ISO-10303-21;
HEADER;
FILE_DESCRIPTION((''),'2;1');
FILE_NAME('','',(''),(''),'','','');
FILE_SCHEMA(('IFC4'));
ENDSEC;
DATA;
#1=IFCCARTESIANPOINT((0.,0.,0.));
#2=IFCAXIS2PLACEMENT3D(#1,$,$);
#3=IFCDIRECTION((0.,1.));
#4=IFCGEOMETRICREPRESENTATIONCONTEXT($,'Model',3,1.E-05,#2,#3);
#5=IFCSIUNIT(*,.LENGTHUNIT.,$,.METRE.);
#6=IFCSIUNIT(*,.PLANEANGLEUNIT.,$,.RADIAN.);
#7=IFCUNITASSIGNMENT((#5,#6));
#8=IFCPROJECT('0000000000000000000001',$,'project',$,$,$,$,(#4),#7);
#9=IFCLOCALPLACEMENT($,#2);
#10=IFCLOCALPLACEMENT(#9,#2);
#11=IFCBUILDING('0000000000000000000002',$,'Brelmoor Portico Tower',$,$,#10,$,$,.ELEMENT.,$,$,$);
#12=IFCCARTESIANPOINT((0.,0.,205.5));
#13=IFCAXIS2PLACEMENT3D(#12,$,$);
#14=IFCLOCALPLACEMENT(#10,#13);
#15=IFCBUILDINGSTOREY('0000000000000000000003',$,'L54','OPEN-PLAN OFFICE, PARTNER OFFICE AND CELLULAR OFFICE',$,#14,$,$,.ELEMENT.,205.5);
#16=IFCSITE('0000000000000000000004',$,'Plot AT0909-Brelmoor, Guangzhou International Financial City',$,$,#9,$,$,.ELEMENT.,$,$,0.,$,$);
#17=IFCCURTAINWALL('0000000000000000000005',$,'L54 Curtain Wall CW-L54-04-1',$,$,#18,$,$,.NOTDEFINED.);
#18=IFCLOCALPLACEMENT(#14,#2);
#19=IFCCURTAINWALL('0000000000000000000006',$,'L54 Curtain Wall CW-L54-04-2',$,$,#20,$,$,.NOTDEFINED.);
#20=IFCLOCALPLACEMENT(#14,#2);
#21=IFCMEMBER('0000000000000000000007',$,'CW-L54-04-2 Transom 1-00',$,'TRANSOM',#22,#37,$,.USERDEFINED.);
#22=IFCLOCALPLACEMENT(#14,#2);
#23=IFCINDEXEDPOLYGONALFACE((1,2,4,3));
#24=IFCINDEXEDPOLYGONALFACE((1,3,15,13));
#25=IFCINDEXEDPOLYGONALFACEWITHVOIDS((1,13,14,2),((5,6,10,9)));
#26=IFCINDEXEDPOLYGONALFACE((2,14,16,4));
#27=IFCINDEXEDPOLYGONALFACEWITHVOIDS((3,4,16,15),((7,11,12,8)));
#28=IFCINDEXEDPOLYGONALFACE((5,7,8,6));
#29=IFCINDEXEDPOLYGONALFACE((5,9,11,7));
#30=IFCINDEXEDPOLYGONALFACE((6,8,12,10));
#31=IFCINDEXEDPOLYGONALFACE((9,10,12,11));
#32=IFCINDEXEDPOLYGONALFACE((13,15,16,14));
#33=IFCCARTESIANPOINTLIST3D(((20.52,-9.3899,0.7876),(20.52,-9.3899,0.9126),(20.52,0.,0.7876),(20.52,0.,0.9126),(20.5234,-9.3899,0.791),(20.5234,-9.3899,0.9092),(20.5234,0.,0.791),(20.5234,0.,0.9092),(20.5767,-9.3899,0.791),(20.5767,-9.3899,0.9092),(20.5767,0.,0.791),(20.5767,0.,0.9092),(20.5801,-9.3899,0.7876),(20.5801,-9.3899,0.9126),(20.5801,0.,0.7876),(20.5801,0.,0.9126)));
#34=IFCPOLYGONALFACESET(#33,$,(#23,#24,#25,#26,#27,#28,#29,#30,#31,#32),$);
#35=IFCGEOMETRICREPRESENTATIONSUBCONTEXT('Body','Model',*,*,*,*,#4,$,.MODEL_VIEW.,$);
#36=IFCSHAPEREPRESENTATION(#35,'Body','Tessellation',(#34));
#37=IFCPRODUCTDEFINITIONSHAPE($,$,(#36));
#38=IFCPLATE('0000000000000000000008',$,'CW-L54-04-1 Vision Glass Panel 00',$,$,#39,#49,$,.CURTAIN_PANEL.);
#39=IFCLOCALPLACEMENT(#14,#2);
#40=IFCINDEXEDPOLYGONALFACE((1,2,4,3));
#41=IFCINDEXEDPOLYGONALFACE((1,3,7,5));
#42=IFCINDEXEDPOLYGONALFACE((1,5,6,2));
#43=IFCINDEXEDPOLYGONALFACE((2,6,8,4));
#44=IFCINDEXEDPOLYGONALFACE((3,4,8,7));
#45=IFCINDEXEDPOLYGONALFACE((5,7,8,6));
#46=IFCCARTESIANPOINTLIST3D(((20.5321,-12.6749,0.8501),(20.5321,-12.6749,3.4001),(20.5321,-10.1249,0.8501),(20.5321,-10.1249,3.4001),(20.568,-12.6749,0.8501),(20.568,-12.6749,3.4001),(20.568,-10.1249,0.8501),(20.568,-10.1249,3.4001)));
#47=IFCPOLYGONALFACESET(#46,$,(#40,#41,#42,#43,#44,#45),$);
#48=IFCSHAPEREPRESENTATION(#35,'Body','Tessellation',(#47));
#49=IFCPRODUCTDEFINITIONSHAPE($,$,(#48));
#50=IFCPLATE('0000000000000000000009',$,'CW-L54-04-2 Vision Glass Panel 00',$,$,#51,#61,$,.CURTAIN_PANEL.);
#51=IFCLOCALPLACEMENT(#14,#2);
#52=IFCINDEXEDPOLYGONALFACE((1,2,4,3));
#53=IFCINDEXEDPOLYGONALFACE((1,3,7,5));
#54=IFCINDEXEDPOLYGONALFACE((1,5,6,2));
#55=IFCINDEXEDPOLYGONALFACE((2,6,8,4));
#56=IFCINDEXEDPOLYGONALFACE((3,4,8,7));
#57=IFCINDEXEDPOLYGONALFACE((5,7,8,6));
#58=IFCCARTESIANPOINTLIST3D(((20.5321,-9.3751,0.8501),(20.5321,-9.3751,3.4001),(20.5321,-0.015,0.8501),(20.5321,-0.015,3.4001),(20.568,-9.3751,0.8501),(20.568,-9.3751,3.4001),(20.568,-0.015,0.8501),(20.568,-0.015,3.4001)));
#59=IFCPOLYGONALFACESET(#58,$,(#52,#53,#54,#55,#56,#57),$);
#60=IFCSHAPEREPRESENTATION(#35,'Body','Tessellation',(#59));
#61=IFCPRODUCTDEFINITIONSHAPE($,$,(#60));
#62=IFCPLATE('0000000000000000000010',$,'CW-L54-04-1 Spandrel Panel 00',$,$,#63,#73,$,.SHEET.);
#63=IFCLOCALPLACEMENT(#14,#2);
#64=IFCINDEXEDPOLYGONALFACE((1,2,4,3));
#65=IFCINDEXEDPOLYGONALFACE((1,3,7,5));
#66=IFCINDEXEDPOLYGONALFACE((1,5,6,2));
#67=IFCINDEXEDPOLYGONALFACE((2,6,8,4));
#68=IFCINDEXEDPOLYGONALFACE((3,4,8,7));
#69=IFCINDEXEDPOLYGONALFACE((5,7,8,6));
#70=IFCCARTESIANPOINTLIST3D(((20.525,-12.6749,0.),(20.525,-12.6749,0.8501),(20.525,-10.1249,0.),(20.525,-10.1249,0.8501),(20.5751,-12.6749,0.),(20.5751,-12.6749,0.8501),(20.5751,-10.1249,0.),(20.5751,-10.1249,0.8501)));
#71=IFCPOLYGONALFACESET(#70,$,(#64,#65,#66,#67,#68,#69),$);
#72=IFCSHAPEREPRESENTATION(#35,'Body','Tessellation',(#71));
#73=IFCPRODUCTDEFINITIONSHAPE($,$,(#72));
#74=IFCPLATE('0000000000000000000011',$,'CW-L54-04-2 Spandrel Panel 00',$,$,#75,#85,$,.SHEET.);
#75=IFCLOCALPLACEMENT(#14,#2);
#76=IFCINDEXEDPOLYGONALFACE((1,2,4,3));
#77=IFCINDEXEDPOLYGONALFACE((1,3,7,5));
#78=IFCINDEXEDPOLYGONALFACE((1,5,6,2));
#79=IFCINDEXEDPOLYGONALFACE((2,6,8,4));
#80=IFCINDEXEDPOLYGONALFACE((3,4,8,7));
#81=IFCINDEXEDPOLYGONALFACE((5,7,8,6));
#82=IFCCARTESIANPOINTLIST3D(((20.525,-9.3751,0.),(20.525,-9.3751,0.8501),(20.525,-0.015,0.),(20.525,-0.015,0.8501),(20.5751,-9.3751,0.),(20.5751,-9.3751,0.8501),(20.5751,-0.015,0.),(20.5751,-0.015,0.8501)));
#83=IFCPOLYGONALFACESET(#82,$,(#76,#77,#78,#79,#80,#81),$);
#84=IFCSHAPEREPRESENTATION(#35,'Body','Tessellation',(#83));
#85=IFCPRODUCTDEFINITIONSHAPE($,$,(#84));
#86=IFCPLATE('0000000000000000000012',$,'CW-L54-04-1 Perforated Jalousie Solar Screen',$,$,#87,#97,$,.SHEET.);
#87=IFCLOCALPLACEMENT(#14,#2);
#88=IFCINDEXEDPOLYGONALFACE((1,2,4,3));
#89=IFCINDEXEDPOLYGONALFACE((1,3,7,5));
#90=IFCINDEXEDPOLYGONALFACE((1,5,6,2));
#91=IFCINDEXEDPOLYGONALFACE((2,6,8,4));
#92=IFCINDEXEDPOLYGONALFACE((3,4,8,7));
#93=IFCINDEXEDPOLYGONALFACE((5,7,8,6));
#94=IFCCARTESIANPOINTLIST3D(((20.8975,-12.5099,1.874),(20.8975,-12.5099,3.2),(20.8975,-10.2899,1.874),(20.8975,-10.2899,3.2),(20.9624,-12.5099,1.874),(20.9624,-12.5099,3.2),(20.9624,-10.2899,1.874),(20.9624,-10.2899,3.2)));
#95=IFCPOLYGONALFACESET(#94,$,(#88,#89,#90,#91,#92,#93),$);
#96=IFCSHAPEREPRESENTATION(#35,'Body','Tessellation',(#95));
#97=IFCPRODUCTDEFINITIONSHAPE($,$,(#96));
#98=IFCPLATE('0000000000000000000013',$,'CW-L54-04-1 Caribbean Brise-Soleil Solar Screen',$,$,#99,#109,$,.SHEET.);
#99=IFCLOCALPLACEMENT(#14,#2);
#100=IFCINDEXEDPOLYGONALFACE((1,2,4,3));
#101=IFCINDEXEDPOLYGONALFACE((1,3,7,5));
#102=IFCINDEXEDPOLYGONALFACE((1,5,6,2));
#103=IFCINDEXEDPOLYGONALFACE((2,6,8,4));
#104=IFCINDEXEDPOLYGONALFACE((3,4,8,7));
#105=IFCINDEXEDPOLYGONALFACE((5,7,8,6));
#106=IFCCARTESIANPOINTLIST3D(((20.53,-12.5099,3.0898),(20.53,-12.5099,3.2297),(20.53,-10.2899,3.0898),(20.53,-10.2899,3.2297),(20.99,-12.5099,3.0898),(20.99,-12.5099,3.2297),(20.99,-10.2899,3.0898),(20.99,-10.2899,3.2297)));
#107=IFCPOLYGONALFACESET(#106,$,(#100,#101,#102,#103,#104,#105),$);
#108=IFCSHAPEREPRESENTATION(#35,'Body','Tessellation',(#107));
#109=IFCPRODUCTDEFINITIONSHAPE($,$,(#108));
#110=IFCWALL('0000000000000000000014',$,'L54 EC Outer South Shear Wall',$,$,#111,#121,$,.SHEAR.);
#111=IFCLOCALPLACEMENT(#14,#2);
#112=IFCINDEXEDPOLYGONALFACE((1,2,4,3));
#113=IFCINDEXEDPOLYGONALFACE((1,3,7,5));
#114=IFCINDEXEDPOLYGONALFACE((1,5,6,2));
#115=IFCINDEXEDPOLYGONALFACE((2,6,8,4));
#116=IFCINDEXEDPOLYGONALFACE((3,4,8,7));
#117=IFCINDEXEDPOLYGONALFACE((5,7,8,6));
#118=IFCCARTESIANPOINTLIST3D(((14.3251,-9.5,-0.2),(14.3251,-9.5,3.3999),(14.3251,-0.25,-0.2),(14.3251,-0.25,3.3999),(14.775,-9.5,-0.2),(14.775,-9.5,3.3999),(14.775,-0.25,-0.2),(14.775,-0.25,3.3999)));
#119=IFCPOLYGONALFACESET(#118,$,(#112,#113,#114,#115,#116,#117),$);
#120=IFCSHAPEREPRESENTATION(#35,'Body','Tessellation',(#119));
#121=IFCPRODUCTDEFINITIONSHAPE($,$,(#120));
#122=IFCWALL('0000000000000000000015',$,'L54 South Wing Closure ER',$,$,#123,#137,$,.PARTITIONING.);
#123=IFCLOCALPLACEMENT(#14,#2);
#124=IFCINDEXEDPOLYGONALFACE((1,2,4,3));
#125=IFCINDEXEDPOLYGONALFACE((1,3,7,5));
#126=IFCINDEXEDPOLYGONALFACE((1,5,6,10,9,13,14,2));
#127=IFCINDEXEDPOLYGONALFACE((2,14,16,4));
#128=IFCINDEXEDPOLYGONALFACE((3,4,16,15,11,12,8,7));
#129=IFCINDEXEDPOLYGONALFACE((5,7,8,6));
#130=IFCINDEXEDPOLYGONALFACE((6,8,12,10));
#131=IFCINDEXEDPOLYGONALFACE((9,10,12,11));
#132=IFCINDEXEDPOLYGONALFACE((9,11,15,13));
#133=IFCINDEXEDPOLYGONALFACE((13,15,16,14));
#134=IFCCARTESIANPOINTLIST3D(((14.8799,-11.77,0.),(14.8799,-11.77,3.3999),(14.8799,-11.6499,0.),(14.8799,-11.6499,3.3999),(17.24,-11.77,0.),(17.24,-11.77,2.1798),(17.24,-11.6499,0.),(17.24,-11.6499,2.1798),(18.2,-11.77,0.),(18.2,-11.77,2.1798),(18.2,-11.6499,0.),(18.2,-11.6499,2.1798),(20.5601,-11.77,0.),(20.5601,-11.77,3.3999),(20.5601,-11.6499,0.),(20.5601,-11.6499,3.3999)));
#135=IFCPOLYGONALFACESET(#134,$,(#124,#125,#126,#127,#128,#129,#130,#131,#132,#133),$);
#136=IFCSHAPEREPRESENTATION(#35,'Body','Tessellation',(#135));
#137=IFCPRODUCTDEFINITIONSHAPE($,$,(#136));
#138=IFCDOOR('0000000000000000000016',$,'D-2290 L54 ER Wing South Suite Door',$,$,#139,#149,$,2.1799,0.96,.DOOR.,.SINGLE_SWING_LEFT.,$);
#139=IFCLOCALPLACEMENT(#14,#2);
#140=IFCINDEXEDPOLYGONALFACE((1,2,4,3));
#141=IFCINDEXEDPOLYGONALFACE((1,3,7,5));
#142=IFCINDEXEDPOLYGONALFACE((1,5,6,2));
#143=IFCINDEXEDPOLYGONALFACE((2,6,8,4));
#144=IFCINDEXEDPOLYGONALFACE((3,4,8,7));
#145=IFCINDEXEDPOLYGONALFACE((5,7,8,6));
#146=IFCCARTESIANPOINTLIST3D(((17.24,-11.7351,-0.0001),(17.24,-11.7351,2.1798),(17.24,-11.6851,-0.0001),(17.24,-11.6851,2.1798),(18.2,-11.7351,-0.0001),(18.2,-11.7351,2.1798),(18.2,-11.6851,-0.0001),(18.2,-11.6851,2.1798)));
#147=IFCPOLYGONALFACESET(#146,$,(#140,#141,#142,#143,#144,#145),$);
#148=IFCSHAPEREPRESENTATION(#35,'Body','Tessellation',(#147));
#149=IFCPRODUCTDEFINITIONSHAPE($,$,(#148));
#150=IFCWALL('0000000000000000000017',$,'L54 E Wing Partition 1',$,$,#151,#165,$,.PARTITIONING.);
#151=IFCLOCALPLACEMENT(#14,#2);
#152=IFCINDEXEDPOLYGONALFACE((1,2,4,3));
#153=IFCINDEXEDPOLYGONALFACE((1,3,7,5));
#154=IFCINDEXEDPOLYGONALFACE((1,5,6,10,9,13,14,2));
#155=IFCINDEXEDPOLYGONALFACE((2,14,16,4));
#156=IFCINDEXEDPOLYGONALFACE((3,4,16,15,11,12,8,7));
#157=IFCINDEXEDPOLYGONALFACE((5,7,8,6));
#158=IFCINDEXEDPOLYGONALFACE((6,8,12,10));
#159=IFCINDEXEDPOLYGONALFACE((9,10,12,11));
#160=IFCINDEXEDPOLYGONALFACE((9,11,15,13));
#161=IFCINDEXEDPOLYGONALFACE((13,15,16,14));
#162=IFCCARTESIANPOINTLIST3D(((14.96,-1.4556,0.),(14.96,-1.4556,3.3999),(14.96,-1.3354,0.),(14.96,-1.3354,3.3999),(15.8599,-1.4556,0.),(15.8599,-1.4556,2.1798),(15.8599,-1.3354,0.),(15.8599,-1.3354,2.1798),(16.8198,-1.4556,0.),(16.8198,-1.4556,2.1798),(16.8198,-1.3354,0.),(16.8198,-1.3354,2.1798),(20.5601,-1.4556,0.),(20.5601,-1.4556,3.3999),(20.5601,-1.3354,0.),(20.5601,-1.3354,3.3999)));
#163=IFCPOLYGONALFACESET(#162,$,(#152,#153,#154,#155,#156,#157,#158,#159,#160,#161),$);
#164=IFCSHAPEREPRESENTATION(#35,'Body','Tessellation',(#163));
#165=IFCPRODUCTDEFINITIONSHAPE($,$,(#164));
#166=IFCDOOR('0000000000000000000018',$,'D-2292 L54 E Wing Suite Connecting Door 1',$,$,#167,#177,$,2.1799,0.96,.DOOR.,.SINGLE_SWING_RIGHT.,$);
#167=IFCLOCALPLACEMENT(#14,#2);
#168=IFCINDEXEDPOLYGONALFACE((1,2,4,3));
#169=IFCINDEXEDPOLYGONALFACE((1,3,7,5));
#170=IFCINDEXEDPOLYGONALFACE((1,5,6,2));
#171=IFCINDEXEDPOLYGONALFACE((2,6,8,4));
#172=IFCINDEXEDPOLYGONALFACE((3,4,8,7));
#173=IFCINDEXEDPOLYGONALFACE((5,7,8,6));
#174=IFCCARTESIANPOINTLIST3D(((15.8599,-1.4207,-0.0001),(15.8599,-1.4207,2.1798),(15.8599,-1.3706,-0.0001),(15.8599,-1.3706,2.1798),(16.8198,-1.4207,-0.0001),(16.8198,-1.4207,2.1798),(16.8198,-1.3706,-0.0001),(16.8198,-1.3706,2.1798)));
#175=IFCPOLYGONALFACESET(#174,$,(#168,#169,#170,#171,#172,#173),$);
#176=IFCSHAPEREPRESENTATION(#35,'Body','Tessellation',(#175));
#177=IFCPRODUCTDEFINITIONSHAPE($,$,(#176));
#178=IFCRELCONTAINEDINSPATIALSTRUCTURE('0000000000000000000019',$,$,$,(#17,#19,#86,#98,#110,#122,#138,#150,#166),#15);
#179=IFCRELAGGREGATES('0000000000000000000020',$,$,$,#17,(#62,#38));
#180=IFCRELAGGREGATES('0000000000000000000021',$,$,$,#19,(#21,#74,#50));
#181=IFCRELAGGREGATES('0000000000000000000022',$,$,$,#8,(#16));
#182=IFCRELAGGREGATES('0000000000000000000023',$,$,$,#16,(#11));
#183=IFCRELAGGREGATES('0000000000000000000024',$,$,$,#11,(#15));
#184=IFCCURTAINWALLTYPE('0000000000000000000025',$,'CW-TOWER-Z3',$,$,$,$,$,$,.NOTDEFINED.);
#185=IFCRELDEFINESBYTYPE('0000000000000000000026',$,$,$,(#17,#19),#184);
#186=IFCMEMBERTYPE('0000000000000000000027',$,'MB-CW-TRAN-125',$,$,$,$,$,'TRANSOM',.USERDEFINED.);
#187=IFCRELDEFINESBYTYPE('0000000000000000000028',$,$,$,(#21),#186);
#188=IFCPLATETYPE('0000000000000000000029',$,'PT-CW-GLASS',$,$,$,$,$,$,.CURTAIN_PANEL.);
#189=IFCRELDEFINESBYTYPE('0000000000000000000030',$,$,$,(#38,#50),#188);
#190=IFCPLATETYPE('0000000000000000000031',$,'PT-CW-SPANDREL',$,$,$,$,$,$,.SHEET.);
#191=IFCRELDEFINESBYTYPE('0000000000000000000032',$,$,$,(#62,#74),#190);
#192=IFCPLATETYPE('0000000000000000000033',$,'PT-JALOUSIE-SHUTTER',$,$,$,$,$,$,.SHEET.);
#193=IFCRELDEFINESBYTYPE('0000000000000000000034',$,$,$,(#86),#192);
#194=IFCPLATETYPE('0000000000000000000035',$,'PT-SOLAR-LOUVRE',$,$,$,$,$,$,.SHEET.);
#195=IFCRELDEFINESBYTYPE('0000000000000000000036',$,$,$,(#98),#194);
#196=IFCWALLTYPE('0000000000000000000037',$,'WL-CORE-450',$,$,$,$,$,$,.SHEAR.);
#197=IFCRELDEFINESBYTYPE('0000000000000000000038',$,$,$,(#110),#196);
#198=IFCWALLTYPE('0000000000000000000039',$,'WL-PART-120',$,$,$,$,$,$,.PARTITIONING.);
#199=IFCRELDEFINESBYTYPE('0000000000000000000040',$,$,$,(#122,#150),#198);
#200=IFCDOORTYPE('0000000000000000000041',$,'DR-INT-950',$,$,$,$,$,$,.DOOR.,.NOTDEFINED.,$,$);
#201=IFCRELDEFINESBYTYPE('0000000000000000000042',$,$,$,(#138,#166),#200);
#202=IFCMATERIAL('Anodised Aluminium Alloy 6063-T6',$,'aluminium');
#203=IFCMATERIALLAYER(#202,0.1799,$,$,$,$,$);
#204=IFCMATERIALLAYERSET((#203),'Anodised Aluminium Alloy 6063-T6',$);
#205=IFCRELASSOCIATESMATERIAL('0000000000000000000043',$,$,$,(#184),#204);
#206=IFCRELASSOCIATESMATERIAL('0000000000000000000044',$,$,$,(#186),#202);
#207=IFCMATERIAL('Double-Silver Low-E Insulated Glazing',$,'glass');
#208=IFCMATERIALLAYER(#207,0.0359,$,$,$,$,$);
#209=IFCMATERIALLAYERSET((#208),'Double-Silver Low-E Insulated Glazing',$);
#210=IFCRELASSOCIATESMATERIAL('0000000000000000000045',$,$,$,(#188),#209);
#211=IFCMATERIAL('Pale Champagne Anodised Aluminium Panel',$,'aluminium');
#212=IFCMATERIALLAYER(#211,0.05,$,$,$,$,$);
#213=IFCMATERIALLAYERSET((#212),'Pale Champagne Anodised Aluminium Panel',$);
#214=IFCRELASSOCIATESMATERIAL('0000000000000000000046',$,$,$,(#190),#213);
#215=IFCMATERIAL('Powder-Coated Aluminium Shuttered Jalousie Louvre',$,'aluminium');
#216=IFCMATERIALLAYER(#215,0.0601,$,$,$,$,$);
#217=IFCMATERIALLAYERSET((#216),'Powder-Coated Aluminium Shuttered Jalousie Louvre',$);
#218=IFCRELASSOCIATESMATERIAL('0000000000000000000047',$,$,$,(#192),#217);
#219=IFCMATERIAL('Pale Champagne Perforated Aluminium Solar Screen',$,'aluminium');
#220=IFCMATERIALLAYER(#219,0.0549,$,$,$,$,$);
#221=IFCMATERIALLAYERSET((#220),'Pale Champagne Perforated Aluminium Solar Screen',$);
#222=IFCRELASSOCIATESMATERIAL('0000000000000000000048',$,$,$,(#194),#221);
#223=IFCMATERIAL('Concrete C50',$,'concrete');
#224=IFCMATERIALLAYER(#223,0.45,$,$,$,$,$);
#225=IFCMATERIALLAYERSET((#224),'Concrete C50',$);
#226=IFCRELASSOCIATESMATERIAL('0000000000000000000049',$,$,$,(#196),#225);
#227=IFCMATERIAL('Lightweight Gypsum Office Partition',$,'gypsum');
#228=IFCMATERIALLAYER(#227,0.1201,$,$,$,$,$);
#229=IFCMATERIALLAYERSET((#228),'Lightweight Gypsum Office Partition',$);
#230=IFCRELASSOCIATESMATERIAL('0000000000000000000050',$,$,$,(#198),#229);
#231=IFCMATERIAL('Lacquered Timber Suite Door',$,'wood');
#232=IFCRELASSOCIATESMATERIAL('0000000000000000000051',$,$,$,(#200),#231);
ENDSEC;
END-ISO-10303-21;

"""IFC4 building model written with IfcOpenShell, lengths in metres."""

from ifc_helpers import new_model, si_unit, direction, frame, frame_2d, origin, origin_2d, place, context, subcontext, project, spatial, rectangle, hollow_rectangle, extrude, material, layer, layer_set, material_profile, profile_set, type_object, element, fill, aggregate, save


model = new_model("IFC4")

# Units and contexts
model_context = context("Model", 3, precision=1e-05, world=origin(), true_north=direction((0.0, 1.0)))
body_context = subcontext(model_context, "Body", "Model", "MODEL_VIEW")
ifc_project = project(units=[si_unit("LENGTHUNIT", "METRE"), si_unit("PLANEANGLEUNIT", "RADIAN")], contexts=[model_context])

# Site, building, storey
site_placement = place(None, origin())
site = spatial("IfcSite", under=ifc_project, at=site_placement, Name="Plot AT0909-Brelmoor, Guangzhou International Financial City", CompositionType="ELEMENT", RefElevation=0.0)
building_placement = place(site_placement, origin())
building = spatial("IfcBuilding", under=site, at=building_placement, Name="Brelmoor Portico Tower", CompositionType="ELEMENT")
storey_placement = place(building_placement, frame((0.0, 0.0, 205.5)))
storey = spatial("IfcBuildingStorey", under=building, at=storey_placement, Name="L54", Description="OPEN-PLAN OFFICE, PARTNER OFFICE AND CELLULAR OFFICE", CompositionType="ELEMENT", Elevation=205.5)

# Curtain wall
ifc_material_1 = material(Name="Anodised Aluminium Alloy 6063-T6", Category="aluminium")
ifc_layer_1 = layer(ifc_material_1, 0.1799)
ifc_layer_set_1 = layer_set([ifc_layer_1], Name="Anodised Aluminium Alloy 6063-T6")
curtain_wall_type = type_object("IfcCurtainWallType", Name="CW-TOWER-Z3", PredefinedType="NOTDEFINED", material=ifc_layer_set_1)
curtain_wall_1_placement = place(storey_placement, origin())
curtain_wall_1 = element("IfcCurtainWall", 1, at=curtain_wall_1_placement, inside=storey, type_object=curtain_wall_type, Name="L54 Curtain Wall CW-L54-04-1", PredefinedType="NOTDEFINED")

# Curtain wall, member
curtain_wall_2_placement = place(storey_placement, origin())
curtain_wall_2 = element("IfcCurtainWall", 2, at=curtain_wall_2_placement, inside=storey, type_object=curtain_wall_type, Name="L54 Curtain Wall CW-L54-04-2", PredefinedType="NOTDEFINED")
ifc_material_profile_1 = material_profile(ifc_material_1, hollow_rectangle(XDim=0.0601, YDim=0.125, WallThickness=0.0034, at=origin_2d()), Name="ALU TRANSOM 60x125")
ifc_profile_set_1 = profile_set([ifc_material_profile_1], Name="Anodised Aluminium Alloy 6063-T6")
member_type_1 = type_object("IfcMemberType", Name="MB-CW-TRAN-125", ElementType="TRANSOM", PredefinedType="USERDEFINED", material=ifc_profile_set_1)
member_1_placement = place(storey_placement, frame((20.55, -9.3899, 0.8501), z_axis=(0.0, 1.0, 0.0), x_axis=(-1.0, 0.0, 0.0)))
member_1 = element("IfcMember", 3, at=member_1_placement, type_object=member_type_1, Name="CW-L54-04-2 Transom 1-00", ObjectType="TRANSOM", PredefinedType="USERDEFINED", context=body_context, shape_type="SweptSolid", body=[
    extrude(hollow_rectangle(XDim=0.0601, YDim=0.125, WallThickness=0.0034, at=origin_2d()), origin(), (0.0, 0.0, 1.0), 9.3899),
])

# Plates
ifc_material_2 = material(Name="Double-Silver Low-E Insulated Glazing", Category="glass")
ifc_layer_2 = layer(ifc_material_2, 0.0359)
ifc_layer_set_2 = layer_set([ifc_layer_2], Name="Double-Silver Low-E Insulated Glazing")
plate_type_1 = type_object("IfcPlateType", Name="PT-CW-GLASS", PredefinedType="CURTAIN_PANEL", material=ifc_layer_set_2)
plate_1_placement = place(storey_placement, frame((20.55, -11.3999, 0.8501), z_axis=(0.0, 0.0, 1.0), x_axis=(0.0, 1.0, 0.0)))
plate_1 = element("IfcPlate", 4, at=plate_1_placement, type_object=plate_type_1, Name="CW-L54-04-1 Vision Glass Panel 00", PredefinedType="CURTAIN_PANEL", context=body_context, shape_type="SweptSolid", body=[
    extrude(rectangle(XDim=2.55, YDim=0.0359, at=origin_2d()), origin(), (0.0, 0.0, 1.0), 2.55),
])
plate_2_placement = place(storey_placement, frame((20.55, -4.6951, 0.8501), z_axis=(0.0, 0.0, 1.0), x_axis=(0.0, 1.0, 0.0)))
plate_2 = element("IfcPlate", 5, at=plate_2_placement, type_object=plate_type_1, Name="CW-L54-04-2 Vision Glass Panel 00", PredefinedType="CURTAIN_PANEL", context=body_context, shape_type="SweptSolid", body=[
    extrude(rectangle(XDim=9.3601, YDim=0.0359, at=origin_2d()), origin(), (0.0, 0.0, 1.0), 2.55),
])
ifc_material_3 = material(Name="Pale Champagne Anodised Aluminium Panel", Category="aluminium")
ifc_layer_3 = layer(ifc_material_3, 0.05)
ifc_layer_set_3 = layer_set([ifc_layer_3], Name="Pale Champagne Anodised Aluminium Panel")
plate_type_2 = type_object("IfcPlateType", Name="PT-CW-SPANDREL", PredefinedType="SHEET", material=ifc_layer_set_3)
plate_3_placement = place(storey_placement, frame((20.55, -11.3999, 0.0), z_axis=(0.0, 0.0, 1.0), x_axis=(0.0, 1.0, 0.0)))
plate_3 = element("IfcPlate", 6, at=plate_3_placement, type_object=plate_type_2, Name="CW-L54-04-1 Spandrel Panel 00", PredefinedType="SHEET", context=body_context, shape_type="SweptSolid", body=[
    extrude(rectangle(XDim=2.55, YDim=0.05, at=origin_2d()), origin(), (0.0, 0.0, 1.0), 0.8501),
])
aggregate(curtain_wall_1, [plate_3, plate_1])
plate_4_placement = place(storey_placement, frame((20.55, -4.6951, 0.0), z_axis=(0.0, 0.0, 1.0), x_axis=(0.0, 1.0, 0.0)))
plate_4 = element("IfcPlate", 7, at=plate_4_placement, type_object=plate_type_2, Name="CW-L54-04-2 Spandrel Panel 00", PredefinedType="SHEET", context=body_context, shape_type="SweptSolid", body=[
    extrude(rectangle(XDim=9.3601, YDim=0.05, at=origin_2d()), origin(), (0.0, 0.0, 1.0), 0.8501),
])
aggregate(curtain_wall_2, [member_1, plate_4, plate_2])

# Plates
ifc_material_4 = material(Name="Powder-Coated Aluminium Shuttered Jalousie Louvre", Category="aluminium")
ifc_layer_4 = layer(ifc_material_4, 0.0601)
ifc_layer_set_4 = layer_set([ifc_layer_4], Name="Powder-Coated Aluminium Shuttered Jalousie Louvre")
plate_type_3 = type_object("IfcPlateType", Name="PT-JALOUSIE-SHUTTER", PredefinedType="SHEET", material=ifc_layer_set_4)
plate_5_placement = place(storey_placement, frame((20.9299, -11.3999, 1.874), z_axis=(0.0, 0.0, 1.0), x_axis=(0.0, 1.0, 0.0)))
element("IfcPlate", 8, at=plate_5_placement, inside=storey, type_object=plate_type_3, Name="CW-L54-04-1 Perforated Jalousie Solar Screen", PredefinedType="SHEET", context=body_context, shape_type="SweptSolid", body=[
    extrude(rectangle(XDim=2.22, YDim=0.0649, at=origin_2d()), origin(), (0.0, 0.0, 1.0), 1.3259),
])
ifc_material_5 = material(Name="Pale Champagne Perforated Aluminium Solar Screen", Category="aluminium")
ifc_layer_5 = layer(ifc_material_5, 0.0549)
ifc_layer_set_5 = layer_set([ifc_layer_5], Name="Pale Champagne Perforated Aluminium Solar Screen")
plate_type_4 = type_object("IfcPlateType", Name="PT-SOLAR-LOUVRE", PredefinedType="SHEET", material=ifc_layer_set_5)
plate_6_placement = place(storey_placement, frame((20.76, -11.3999, 3.0898), z_axis=(0.0, 0.0, 1.0), x_axis=(0.0, 1.0, 0.0)))
element("IfcPlate", 9, at=plate_6_placement, inside=storey, type_object=plate_type_4, Name="CW-L54-04-1 Caribbean Brise-Soleil Solar Screen", PredefinedType="SHEET", context=body_context, shape_type="SweptSolid", body=[
    extrude(rectangle(XDim=2.22, YDim=0.46, at=origin_2d()), origin(), (0.0, 0.0, 1.0), 0.1399),
])

# Wall
ifc_material_6 = material(Name="Concrete C50", Category="concrete")
ifc_layer_6 = layer(ifc_material_6, 0.45)
ifc_layer_set_6 = layer_set([ifc_layer_6], Name="Concrete C50")
wall_type_1 = type_object("IfcWallType", Name="WL-CORE-450", PredefinedType="SHEAR", material=ifc_layer_set_6)
wall_1_placement = place(storey_placement, frame((14.55, -9.5, -0.2), z_axis=(0.0, 0.0, 1.0), x_axis=(0.0, 1.0, 0.0)))
element("IfcWall", 10, at=wall_1_placement, inside=storey, type_object=wall_type_1, Name="L54 EC Outer South Shear Wall", PredefinedType="SHEAR", context=body_context, shape_type="SweptSolid", body=[
    extrude(rectangle(XDim=9.25, YDim=0.45, at=frame_2d((4.625, 0.0))), origin(), (0.0, 0.0, 1.0), 3.5999),
])

# Walls, openings, doors
ifc_material_7 = material(Name="Lightweight Gypsum Office Partition", Category="gypsum")
ifc_layer_7 = layer(ifc_material_7, 0.1201)
ifc_layer_set_7 = layer_set([ifc_layer_7], Name="Lightweight Gypsum Office Partition")
wall_type_2 = type_object("IfcWallType", Name="WL-PART-120", PredefinedType="PARTITIONING", material=ifc_layer_set_7)
wall_2_placement = place(storey_placement, frame((14.8799, -11.71, 0.0), z_axis=(0.0, 0.0, 1.0), x_axis=(1.0, 0.0, 0.0)))
wall_2 = element("IfcWall", 11, at=wall_2_placement, inside=storey, type_object=wall_type_2, Name="L54 South Wing Closure ER", PredefinedType="PARTITIONING", context=body_context, shape_type="SweptSolid", body=[
    extrude(rectangle(XDim=5.6802, YDim=0.1201, at=frame_2d((2.8401, 0.0))), origin(), (0.0, 0.0, 1.0), 3.3999),
])
opening_1_placement = place(wall_2_placement, frame((2.3601, 0.0, 0.0)))
opening_1 = element("IfcOpeningElement", 12, at=opening_1_placement, cuts=wall_2, PredefinedType="OPENING", context=body_context, shape_type="SweptSolid", body=[
    extrude(rectangle(XDim=0.96, YDim=2.1799, at=frame_2d((0.48, 1.0898))), frame((0.0, 0.0701, 0.0), z_axis=(0.0, -1.0, 0.0), x_axis=(1.0, 0.0, 0.0)), (0.0, 0.0, 1.0), 0.1401),
])
ifc_material_8 = material(Name="Lacquered Timber Suite Door", Category="wood")
door_type = type_object("IfcDoorType", Name="DR-INT-950", OperationType="NOTDEFINED", PredefinedType="DOOR", material=ifc_material_8)
door_1_placement = place(opening_1_placement, origin())
door_1 = element("IfcDoor", 13, at=door_1_placement, inside=storey, type_object=door_type, Name="D-2290 L54 ER Wing South Suite Door", OperationType="SINGLE_SWING_LEFT", OverallHeight=2.1799, OverallWidth=0.96, PredefinedType="DOOR", context=body_context, shape_type="SweptSolid", body=[
    extrude(rectangle(XDim=0.96, YDim=2.1799, at=frame_2d((0.48, 1.0898))), frame((0.0, 0.0249, 0.0), z_axis=(0.0, -1.0, 0.0), x_axis=(1.0, 0.0, 0.0)), (0.0, 0.0, 1.0), 0.05),
])
fill(opening_1, door_1)
wall_3_placement = place(storey_placement, frame((14.96, -1.3955, 0.0), z_axis=(0.0, 0.0, 1.0), x_axis=(1.0, 0.0, 0.0)))
wall_3 = element("IfcWall", 14, at=wall_3_placement, inside=storey, type_object=wall_type_2, Name="L54 E Wing Partition 1", PredefinedType="PARTITIONING", context=body_context, shape_type="SweptSolid", body=[
    extrude(rectangle(XDim=5.6001, YDim=0.1201, at=frame_2d((2.8, 0.0))), origin(), (0.0, 0.0, 1.0), 3.3999),
])
opening_2_placement = place(wall_3_placement, frame((0.8999, 0.0, 0.0)))
opening_2 = element("IfcOpeningElement", 15, at=opening_2_placement, cuts=wall_3, PredefinedType="OPENING", context=body_context, shape_type="SweptSolid", body=[
    extrude(rectangle(XDim=0.96, YDim=2.1799, at=frame_2d((0.48, 1.0898))), frame((0.0, 0.0701, 0.0), z_axis=(0.0, -1.0, 0.0), x_axis=(1.0, 0.0, 0.0)), (0.0, 0.0, 1.0), 0.1401),
])
door_2_placement = place(opening_2_placement, origin())
door_2 = element("IfcDoor", 16, at=door_2_placement, inside=storey, type_object=door_type, Name="D-2292 L54 E Wing Suite Connecting Door 1", OperationType="SINGLE_SWING_RIGHT", OverallHeight=2.1799, OverallWidth=0.96, PredefinedType="DOOR", context=body_context, shape_type="SweptSolid", body=[
    extrude(rectangle(XDim=0.96, YDim=2.1799, at=frame_2d((0.48, 1.0898))), frame((0.0, 0.0249, 0.0), z_axis=(0.0, -1.0, 0.0), x_axis=(1.0, 0.0, 0.0)), (0.0, 0.0, 1.0), 0.05),
])
fill(opening_2, door_2)

save(model, "model.ifc")
